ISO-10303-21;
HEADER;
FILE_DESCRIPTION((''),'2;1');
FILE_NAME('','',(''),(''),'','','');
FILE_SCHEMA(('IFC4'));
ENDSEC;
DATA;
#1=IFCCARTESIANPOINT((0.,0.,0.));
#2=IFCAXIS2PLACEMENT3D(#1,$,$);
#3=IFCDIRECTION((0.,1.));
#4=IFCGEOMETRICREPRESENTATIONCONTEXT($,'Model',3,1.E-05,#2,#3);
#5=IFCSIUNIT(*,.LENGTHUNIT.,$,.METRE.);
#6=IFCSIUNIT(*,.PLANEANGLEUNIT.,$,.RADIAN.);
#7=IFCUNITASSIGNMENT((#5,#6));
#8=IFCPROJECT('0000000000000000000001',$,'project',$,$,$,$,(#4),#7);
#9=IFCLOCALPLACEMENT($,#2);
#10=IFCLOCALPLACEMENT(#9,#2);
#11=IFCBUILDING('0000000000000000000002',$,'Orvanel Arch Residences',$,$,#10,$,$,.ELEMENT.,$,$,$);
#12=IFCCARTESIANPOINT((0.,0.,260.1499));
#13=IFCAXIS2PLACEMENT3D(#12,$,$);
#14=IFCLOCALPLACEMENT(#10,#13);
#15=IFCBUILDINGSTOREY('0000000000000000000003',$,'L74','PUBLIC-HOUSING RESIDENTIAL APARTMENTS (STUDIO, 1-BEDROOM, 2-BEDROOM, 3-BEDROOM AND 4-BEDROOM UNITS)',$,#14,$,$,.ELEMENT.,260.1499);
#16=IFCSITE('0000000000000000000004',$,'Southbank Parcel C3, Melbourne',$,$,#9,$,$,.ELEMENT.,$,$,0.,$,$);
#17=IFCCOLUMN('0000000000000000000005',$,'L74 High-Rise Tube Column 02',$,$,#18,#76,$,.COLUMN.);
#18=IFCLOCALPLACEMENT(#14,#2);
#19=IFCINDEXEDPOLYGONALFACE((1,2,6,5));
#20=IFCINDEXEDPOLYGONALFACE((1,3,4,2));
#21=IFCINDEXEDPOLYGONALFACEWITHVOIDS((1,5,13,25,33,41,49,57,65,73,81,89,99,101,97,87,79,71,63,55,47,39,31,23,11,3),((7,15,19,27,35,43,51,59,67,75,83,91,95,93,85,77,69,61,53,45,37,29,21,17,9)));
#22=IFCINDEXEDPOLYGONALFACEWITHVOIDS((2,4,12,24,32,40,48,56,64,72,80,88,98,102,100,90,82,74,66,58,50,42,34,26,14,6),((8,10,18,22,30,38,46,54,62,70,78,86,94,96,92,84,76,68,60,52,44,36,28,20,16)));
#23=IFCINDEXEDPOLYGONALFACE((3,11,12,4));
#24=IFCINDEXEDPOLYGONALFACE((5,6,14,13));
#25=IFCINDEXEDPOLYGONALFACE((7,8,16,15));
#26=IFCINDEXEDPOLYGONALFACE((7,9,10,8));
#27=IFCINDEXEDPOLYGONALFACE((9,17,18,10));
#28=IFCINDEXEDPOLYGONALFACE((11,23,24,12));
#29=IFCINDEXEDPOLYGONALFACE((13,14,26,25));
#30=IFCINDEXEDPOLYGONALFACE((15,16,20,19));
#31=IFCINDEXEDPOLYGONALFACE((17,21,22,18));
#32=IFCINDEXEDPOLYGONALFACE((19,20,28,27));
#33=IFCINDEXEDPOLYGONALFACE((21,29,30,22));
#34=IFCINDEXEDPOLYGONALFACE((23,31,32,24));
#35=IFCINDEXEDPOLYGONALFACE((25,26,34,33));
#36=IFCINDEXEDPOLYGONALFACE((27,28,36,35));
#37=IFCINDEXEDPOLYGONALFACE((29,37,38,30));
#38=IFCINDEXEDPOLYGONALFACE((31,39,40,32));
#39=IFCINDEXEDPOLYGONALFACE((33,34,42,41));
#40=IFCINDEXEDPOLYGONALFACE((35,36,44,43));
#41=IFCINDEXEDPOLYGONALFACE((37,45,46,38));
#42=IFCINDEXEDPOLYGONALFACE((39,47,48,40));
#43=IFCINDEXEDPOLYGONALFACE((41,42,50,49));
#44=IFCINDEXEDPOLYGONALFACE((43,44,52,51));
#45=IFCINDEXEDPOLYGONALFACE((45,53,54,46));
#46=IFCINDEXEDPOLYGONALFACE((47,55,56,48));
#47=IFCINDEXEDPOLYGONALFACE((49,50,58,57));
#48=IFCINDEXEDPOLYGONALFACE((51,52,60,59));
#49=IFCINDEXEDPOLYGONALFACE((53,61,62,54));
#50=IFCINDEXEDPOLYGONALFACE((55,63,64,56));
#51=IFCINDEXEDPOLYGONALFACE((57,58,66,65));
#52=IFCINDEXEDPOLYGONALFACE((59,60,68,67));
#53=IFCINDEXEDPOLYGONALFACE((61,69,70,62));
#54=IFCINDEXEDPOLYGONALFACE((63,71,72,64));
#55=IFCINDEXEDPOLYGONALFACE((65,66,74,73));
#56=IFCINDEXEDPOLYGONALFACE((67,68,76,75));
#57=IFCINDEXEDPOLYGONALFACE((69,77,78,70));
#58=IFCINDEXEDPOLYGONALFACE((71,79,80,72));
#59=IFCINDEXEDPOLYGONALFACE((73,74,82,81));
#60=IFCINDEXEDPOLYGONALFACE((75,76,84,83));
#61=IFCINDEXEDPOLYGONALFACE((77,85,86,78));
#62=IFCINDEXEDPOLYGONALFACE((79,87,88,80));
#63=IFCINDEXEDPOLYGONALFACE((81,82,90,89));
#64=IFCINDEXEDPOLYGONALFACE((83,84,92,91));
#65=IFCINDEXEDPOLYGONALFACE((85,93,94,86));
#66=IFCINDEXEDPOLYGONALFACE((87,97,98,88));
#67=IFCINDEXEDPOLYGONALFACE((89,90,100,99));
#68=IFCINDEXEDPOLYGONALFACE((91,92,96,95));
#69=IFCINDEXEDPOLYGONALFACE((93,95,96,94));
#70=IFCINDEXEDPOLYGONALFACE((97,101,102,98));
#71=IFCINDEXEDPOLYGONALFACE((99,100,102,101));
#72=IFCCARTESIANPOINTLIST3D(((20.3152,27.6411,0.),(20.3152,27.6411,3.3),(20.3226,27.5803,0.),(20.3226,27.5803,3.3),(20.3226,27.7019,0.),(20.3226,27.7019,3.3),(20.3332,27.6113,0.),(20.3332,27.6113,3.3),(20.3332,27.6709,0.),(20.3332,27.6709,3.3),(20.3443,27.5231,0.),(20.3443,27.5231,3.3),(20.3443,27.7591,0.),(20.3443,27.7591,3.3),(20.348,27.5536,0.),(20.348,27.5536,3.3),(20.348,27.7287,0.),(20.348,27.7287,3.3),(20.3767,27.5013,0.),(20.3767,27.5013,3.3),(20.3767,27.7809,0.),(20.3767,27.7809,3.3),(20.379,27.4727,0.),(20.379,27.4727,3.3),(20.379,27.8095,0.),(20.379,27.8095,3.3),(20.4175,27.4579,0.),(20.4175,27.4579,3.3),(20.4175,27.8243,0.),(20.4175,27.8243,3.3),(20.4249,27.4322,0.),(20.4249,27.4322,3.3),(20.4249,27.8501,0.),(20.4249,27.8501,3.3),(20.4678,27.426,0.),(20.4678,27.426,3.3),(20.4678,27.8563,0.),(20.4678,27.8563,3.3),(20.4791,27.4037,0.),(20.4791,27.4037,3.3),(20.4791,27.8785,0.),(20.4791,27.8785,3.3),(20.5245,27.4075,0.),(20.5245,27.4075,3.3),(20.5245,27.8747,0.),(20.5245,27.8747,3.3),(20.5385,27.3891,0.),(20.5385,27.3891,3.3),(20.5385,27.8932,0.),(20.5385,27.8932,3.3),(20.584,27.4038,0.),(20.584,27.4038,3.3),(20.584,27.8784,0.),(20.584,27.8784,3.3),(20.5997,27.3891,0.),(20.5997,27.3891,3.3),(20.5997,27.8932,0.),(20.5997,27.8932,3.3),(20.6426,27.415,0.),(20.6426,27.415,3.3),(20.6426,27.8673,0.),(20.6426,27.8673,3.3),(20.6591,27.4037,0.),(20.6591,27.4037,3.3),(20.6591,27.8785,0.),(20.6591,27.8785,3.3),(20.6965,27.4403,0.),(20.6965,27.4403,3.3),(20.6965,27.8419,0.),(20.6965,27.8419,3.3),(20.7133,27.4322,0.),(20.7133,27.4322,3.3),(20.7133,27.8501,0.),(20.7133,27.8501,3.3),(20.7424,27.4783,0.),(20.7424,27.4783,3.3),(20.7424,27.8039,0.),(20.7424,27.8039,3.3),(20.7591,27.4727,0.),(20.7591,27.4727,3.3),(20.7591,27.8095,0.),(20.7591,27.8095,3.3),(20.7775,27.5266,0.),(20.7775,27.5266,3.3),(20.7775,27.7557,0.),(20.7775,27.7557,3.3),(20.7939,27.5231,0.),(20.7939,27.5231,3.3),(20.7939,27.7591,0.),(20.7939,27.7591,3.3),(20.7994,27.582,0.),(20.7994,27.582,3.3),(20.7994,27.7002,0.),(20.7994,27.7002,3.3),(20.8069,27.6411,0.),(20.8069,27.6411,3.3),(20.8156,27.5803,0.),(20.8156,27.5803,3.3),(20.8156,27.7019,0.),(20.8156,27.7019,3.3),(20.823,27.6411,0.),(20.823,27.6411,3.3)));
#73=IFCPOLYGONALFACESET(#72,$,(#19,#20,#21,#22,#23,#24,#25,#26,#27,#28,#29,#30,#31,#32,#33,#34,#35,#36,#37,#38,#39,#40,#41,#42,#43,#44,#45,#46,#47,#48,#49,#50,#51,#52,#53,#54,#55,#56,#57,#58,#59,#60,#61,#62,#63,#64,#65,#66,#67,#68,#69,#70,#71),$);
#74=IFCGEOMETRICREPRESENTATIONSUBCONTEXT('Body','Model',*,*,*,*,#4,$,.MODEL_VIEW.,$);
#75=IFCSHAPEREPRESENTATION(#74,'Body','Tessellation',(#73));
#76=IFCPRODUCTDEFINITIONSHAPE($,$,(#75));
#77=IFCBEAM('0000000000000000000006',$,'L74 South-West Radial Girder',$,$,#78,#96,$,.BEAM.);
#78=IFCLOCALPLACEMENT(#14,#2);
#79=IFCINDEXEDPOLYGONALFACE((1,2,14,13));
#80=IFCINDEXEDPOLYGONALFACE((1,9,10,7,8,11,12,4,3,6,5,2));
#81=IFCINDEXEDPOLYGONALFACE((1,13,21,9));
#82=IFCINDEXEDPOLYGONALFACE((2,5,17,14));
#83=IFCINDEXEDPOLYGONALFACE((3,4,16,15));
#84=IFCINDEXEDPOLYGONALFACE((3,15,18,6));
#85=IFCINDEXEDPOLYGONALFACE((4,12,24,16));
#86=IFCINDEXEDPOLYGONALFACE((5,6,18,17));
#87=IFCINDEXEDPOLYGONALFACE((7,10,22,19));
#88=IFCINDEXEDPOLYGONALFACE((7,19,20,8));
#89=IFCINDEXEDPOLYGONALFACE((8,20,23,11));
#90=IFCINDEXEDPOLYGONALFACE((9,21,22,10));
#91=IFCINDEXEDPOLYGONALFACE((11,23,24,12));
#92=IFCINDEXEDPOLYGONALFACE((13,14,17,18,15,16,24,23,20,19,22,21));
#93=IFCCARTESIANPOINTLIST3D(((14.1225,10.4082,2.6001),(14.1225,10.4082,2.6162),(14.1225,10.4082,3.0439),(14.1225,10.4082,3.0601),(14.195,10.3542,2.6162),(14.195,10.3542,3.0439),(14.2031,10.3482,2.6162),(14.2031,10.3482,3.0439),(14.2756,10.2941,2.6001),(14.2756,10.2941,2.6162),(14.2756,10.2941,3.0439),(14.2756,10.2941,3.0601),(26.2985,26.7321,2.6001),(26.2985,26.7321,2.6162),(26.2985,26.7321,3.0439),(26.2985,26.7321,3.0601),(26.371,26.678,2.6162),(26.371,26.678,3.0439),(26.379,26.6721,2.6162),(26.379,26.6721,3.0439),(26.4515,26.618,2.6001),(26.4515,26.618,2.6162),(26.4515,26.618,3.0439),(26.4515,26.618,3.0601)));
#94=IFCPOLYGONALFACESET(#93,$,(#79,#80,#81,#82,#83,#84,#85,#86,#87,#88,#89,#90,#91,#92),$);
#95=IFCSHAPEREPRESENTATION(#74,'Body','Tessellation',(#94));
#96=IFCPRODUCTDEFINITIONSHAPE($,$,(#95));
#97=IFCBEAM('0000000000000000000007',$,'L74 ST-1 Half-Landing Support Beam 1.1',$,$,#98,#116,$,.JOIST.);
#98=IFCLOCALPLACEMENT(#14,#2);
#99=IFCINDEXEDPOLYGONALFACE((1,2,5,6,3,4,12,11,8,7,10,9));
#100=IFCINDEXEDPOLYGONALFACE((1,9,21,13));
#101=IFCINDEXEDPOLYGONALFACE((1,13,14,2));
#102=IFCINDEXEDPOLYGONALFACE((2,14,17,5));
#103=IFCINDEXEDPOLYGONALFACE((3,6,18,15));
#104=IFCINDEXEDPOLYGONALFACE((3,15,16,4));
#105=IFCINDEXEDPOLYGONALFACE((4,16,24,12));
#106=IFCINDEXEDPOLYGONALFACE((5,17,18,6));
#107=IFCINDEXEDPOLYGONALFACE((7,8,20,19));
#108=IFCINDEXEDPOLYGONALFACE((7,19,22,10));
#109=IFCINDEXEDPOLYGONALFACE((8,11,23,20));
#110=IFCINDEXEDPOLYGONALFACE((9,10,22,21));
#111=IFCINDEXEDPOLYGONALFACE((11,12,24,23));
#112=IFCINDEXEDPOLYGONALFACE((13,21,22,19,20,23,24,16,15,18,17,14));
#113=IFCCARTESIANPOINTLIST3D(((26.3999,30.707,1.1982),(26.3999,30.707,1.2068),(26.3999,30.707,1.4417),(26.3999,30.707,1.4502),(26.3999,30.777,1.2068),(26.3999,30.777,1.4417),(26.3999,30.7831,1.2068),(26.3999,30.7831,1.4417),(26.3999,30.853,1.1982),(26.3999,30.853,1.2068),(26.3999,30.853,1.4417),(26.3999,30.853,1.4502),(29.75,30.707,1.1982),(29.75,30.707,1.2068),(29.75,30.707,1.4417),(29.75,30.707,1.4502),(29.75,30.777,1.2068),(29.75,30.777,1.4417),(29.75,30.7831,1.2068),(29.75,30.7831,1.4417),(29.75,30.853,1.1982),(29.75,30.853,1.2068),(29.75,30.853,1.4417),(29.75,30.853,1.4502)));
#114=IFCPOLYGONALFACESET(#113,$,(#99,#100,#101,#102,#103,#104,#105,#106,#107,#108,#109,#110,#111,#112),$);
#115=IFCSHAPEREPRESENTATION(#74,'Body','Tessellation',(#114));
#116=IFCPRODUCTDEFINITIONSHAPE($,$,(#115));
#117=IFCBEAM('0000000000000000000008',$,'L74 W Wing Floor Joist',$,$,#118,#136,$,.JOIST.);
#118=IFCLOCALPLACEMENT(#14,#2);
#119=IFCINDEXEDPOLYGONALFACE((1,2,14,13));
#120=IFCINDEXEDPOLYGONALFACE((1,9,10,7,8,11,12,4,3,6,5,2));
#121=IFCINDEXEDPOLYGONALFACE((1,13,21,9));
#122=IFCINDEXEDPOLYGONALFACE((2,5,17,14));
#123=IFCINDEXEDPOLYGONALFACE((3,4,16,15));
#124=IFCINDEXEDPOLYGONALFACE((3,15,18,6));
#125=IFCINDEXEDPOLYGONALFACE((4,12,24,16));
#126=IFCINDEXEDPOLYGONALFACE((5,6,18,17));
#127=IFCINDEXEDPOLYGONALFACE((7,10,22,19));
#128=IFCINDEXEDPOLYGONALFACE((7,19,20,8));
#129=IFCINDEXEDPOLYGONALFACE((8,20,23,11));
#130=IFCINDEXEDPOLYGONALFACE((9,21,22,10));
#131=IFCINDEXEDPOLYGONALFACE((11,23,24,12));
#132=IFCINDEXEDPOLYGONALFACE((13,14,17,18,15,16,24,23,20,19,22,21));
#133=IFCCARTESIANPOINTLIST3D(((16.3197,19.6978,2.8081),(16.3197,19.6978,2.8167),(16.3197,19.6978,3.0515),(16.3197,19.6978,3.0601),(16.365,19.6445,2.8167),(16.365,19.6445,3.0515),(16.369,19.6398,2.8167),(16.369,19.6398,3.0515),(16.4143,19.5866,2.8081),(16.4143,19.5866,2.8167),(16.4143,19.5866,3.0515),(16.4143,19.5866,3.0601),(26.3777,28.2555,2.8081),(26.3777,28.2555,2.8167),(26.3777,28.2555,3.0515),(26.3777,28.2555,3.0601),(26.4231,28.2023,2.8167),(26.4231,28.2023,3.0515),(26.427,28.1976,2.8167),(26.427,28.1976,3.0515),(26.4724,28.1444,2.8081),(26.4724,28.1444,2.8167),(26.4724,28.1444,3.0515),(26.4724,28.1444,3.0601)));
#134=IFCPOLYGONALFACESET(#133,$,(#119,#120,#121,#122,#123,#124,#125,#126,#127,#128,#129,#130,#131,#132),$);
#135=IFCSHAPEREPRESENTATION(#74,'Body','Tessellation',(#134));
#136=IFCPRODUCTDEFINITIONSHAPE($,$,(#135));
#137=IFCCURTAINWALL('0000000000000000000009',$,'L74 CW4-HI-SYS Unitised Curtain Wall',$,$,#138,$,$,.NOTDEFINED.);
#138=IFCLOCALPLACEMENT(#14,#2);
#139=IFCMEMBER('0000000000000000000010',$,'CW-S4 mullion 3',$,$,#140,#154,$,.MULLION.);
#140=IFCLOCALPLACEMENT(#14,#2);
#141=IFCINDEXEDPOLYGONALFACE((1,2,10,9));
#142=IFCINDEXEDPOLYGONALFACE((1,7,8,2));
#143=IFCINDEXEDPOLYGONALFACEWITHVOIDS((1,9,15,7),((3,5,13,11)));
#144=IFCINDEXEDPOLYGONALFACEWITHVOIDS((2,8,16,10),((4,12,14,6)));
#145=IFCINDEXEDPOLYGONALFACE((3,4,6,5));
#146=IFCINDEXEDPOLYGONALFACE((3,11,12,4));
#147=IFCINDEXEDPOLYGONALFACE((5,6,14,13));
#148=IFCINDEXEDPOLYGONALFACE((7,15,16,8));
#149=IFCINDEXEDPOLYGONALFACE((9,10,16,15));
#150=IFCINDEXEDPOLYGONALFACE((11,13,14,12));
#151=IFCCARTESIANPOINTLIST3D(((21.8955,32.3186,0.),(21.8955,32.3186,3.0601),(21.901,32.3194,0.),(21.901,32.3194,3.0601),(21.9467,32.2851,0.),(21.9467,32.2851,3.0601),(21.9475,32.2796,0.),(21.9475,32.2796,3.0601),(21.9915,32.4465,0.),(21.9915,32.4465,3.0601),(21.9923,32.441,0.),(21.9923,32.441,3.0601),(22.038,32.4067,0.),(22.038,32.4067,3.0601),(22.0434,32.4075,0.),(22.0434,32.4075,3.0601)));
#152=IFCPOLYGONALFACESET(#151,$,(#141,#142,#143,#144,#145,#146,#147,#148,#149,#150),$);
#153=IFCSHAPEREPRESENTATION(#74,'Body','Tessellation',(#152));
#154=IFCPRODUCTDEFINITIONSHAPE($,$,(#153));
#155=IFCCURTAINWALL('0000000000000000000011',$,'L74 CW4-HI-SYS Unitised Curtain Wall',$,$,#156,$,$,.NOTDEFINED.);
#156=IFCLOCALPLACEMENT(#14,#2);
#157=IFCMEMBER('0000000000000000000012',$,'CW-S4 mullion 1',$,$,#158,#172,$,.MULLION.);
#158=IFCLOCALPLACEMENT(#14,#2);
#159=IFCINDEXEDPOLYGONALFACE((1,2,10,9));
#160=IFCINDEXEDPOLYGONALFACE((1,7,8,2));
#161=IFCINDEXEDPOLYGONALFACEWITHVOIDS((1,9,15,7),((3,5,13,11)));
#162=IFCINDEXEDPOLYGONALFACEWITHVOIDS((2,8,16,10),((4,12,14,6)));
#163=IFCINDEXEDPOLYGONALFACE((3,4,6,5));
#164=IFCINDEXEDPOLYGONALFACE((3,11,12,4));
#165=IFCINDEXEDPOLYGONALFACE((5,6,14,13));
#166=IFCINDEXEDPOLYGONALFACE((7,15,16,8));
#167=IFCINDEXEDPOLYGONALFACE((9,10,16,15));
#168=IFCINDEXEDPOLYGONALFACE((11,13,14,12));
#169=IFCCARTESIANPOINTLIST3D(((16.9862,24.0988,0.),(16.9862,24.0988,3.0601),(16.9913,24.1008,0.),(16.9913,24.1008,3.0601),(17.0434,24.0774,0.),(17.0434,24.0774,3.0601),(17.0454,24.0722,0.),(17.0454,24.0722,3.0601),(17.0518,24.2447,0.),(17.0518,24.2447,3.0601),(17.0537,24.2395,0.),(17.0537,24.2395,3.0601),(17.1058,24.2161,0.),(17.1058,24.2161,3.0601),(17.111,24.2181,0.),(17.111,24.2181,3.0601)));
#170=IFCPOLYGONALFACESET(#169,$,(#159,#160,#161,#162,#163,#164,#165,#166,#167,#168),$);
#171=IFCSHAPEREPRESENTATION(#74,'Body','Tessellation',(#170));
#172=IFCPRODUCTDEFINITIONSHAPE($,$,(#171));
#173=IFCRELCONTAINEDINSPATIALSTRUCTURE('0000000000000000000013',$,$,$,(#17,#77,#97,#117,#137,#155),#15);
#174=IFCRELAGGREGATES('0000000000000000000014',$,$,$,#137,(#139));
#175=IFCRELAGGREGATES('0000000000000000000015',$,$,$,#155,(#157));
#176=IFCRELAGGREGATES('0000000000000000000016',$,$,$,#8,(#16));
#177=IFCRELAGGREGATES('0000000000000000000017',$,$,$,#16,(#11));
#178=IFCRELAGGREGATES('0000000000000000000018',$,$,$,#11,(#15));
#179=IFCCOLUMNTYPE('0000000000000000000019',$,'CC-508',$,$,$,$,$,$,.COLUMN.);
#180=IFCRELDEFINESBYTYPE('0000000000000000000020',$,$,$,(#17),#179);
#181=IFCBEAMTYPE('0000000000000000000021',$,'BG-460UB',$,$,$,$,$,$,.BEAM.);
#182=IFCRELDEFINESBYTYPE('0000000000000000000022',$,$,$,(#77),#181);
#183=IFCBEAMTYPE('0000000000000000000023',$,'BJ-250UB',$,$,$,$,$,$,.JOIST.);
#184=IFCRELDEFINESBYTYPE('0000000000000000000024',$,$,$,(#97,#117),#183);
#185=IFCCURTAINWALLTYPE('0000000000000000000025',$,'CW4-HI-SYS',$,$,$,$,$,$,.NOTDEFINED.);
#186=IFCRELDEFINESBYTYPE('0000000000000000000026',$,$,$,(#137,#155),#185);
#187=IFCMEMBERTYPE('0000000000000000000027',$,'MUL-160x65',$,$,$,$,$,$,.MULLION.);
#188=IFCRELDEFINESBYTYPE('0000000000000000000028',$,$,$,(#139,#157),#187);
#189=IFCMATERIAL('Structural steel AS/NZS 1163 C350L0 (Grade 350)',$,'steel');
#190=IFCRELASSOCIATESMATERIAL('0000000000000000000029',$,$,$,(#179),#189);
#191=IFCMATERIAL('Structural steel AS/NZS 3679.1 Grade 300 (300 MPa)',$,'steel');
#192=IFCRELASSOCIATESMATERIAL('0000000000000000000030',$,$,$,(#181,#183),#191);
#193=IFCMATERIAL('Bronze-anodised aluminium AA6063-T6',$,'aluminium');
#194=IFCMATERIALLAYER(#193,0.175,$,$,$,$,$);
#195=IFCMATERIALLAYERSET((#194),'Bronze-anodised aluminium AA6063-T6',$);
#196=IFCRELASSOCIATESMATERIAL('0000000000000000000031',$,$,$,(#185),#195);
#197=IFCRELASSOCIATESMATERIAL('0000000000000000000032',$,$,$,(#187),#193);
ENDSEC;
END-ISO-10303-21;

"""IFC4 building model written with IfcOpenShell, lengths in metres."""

from ifc_helpers import new_model, si_unit, direction, frame, origin, origin_2d, place, context, subcontext, project, spatial, hollow_rectangle, hollow_circle, i_section, extrude, material, layer, layer_set, material_profile, profile_set, type_object, element, aggregate, save


model = new_model("IFC4")

# Units and contexts
model_context = context("Model", 3, precision=1e-05, world=origin(), true_north=direction((0.0, 1.0)))
body_context = subcontext(model_context, "Body", "Model", "MODEL_VIEW")
ifc_project = project(units=[si_unit("LENGTHUNIT", "METRE"), si_unit("PLANEANGLEUNIT", "RADIAN")], contexts=[model_context])

# Site, building, storey
site_placement = place(None, origin())
site = spatial("IfcSite", under=ifc_project, at=site_placement, Name="Southbank Parcel C3, Melbourne", CompositionType="ELEMENT", RefElevation=0.0)
building_placement = place(site_placement, origin())
building = spatial("IfcBuilding", under=site, at=building_placement, Name="Orvanel Arch Residences", CompositionType="ELEMENT")
storey_placement = place(building_placement, frame((0.0, 0.0, 260.1499)))
storey = spatial("IfcBuildingStorey", under=building, at=storey_placement, Name="L74", Description="PUBLIC-HOUSING RESIDENTIAL APARTMENTS (STUDIO, 1-BEDROOM, 2-BEDROOM, 3-BEDROOM AND 4-BEDROOM UNITS)", CompositionType="ELEMENT", Elevation=260.1499)

# Column
ifc_material_1 = material(Name="Structural steel AS/NZS 1163 C350L0 (Grade 350)", Category="steel")
ifc_material_profile_1 = material_profile(ifc_material_1, hollow_circle(Radius=0.2539, WallThickness=0.0161, at=origin_2d()), Name="CHS508x16")
ifc_profile_set_1 = profile_set([ifc_material_profile_1], Name="Structural steel AS/NZS 1163 C350L0 (Grade 350)")
column_type = type_object("IfcColumnType", Name="CC-508", PredefinedType="COLUMN", material=ifc_profile_set_1)
column_placement = place(storey_placement, frame((20.5691, 27.6411, 0.0), z_axis=(0.0, 0.0, 1.0), x_axis=(1.0, 0.0, 0.0)))
element("IfcColumn", 1, at=column_placement, inside=storey, type_object=column_type, Name="L74 High-Rise Tube Column 02", PredefinedType="COLUMN", context=body_context, shape_type="SweptSolid", body=[
    extrude(hollow_circle(Radius=0.2539, WallThickness=0.0161, at=origin_2d()), origin(), (0.0, 0.0, 1.0), 3.3),
])

# Beams
ifc_material_2 = material(Name="Structural steel AS/NZS 3679.1 Grade 300 (300 MPa)", Category="steel")
ifc_material_profile_2 = material_profile(ifc_material_2, i_section(OverallWidth=0.1909, OverallDepth=0.46, WebThickness=0.01, FlangeThickness=0.0161, at=origin_2d()), Name="460UB82.1")
ifc_profile_set_2 = profile_set([ifc_material_profile_2], Name="Structural steel AS/NZS 3679.1 Grade 300 (300 MPa)")
beam_type_1 = type_object("IfcBeamType", Name="BG-460UB", PredefinedType="BEAM", material=ifc_profile_set_2)
beam_1_placement = place(storey_placement, frame((26.375, 26.675, 2.8301), z_axis=(-0.597894, -0.801575, 0.0), x_axis=(0.801575, -0.597894, 0.0)))
element("IfcBeam", 2, at=beam_1_placement, inside=storey, type_object=beam_type_1, Name="L74 South-West Radial Girder", PredefinedType="BEAM", context=body_context, shape_type="SweptSolid", body=[
    extrude(i_section(OverallWidth=0.1909, OverallDepth=0.46, WebThickness=0.01, FlangeThickness=0.0161, at=origin_2d()), origin(), (0.0, 0.0, 1.0), 20.3647),
])
ifc_material_profile_3 = material_profile(ifc_material_2, i_section(OverallWidth=0.146, OverallDepth=0.252, WebThickness=0.0061, FlangeThickness=0.0085, at=origin_2d()), Name="250UB31.4")
ifc_profile_set_3 = profile_set([ifc_material_profile_3], Name="Structural steel AS/NZS 3679.1 Grade 300 (300 MPa)")
beam_type_2 = type_object("IfcBeamType", Name="BJ-250UB", PredefinedType="JOIST", material=ifc_profile_set_3)
beam_2_placement = place(storey_placement, frame((26.3999, 30.78, 1.3242), z_axis=(1.0, 0.0, 0.0), x_axis=(0.0, 1.0, 0.0)))
element("IfcBeam", 3, at=beam_2_placement, inside=storey, type_object=beam_type_2, Name="L74 ST-1 Half-Landing Support Beam 1.1", PredefinedType="JOIST", context=body_context, shape_type="SweptSolid", body=[
    extrude(i_section(OverallWidth=0.146, OverallDepth=0.252, WebThickness=0.0061, FlangeThickness=0.0085, at=origin_2d()), origin(), (0.0, 0.0, 1.0), 3.3501),
])
beam_3_placement = place(storey_placement, frame((26.425, 28.2, 2.9341), z_axis=(-0.761623, -0.648021, 0.0), x_axis=(0.648021, -0.761623, 0.0)))
element("IfcBeam", 4, at=beam_3_placement, inside=storey, type_object=beam_type_2, Name="L74 W Wing Floor Joist", PredefinedType="JOIST", context=body_context, shape_type="SweptSolid", body=[
    extrude(i_section(OverallWidth=0.146, OverallDepth=0.252, WebThickness=0.0061, FlangeThickness=0.0085, at=origin_2d()), origin(), (0.0, 0.0, 1.0), 13.2061),
])

# Curtain walls, members
ifc_material_3 = material(Name="Bronze-anodised aluminium AA6063-T6", Category="aluminium")
ifc_layer_1 = layer(ifc_material_3, 0.175)
ifc_layer_set_1 = layer_set([ifc_layer_1], Name="Bronze-anodised aluminium AA6063-T6")
curtain_wall_type = type_object("IfcCurtainWallType", Name="CW4-HI-SYS", PredefinedType="NOTDEFINED", material=ifc_layer_set_1)
curtain_wall_1_placement = place(storey_placement, origin())
curtain_wall_1 = element("IfcCurtainWall", 5, at=curtain_wall_1_placement, inside=storey, type_object=curtain_wall_type, Name="L74 CW4-HI-SYS Unitised Curtain Wall", PredefinedType="NOTDEFINED")
ifc_material_profile_4 = material_profile(ifc_material_3, hollow_rectangle(XDim=0.0649, YDim=0.1599, WallThickness=0.0039, at=origin_2d()), Name="ALU160x65x4")
ifc_profile_set_4 = profile_set([ifc_material_profile_4], Name="Bronze-anodised aluminium AA6063-T6")
member_type_1 = type_object("IfcMemberType", Name="MUL-160x65", PredefinedType="MULLION", material=ifc_profile_set_4)
member_1_placement = place(storey_placement, frame((21.9695, 32.363, 0.0), z_axis=(0.0, 0.0, 1.0), x_axis=(0.799772, -0.600304, 0.0)))
member_1 = element("IfcMember", 6, at=member_1_placement, type_object=member_type_1, Name="CW-S4 mullion 3", PredefinedType="MULLION", context=body_context, shape_type="SweptSolid", body=[
    extrude(hollow_rectangle(XDim=0.0649, YDim=0.1599, WallThickness=0.0039, at=origin_2d()), origin(), (0.0, 0.0, 1.0), 3.0601),
])
aggregate(curtain_wall_1, [member_1])
curtain_wall_2_placement = place(storey_placement, origin())
curtain_wall_2 = element("IfcCurtainWall", 7, at=curtain_wall_2_placement, inside=storey, type_object=curtain_wall_type, Name="L74 CW4-HI-SYS Unitised Curtain Wall", PredefinedType="NOTDEFINED")
member_2_placement = place(storey_placement, frame((17.0486, 24.1584, 0.0), z_axis=(0.0, 0.0, 1.0), x_axis=(0.91205, -0.410079, 0.0)))
member_2 = element("IfcMember", 8, at=member_2_placement, type_object=member_type_1, Name="CW-S4 mullion 1", PredefinedType="MULLION", context=body_context, shape_type="SweptSolid", body=[
    extrude(hollow_rectangle(XDim=0.0649, YDim=0.1599, WallThickness=0.0039, at=origin_2d()), origin(), (0.0, 0.0, 1.0), 3.0601),
])

aggregate(curtain_wall_2, [member_2])

save(model, "model.ifc")
